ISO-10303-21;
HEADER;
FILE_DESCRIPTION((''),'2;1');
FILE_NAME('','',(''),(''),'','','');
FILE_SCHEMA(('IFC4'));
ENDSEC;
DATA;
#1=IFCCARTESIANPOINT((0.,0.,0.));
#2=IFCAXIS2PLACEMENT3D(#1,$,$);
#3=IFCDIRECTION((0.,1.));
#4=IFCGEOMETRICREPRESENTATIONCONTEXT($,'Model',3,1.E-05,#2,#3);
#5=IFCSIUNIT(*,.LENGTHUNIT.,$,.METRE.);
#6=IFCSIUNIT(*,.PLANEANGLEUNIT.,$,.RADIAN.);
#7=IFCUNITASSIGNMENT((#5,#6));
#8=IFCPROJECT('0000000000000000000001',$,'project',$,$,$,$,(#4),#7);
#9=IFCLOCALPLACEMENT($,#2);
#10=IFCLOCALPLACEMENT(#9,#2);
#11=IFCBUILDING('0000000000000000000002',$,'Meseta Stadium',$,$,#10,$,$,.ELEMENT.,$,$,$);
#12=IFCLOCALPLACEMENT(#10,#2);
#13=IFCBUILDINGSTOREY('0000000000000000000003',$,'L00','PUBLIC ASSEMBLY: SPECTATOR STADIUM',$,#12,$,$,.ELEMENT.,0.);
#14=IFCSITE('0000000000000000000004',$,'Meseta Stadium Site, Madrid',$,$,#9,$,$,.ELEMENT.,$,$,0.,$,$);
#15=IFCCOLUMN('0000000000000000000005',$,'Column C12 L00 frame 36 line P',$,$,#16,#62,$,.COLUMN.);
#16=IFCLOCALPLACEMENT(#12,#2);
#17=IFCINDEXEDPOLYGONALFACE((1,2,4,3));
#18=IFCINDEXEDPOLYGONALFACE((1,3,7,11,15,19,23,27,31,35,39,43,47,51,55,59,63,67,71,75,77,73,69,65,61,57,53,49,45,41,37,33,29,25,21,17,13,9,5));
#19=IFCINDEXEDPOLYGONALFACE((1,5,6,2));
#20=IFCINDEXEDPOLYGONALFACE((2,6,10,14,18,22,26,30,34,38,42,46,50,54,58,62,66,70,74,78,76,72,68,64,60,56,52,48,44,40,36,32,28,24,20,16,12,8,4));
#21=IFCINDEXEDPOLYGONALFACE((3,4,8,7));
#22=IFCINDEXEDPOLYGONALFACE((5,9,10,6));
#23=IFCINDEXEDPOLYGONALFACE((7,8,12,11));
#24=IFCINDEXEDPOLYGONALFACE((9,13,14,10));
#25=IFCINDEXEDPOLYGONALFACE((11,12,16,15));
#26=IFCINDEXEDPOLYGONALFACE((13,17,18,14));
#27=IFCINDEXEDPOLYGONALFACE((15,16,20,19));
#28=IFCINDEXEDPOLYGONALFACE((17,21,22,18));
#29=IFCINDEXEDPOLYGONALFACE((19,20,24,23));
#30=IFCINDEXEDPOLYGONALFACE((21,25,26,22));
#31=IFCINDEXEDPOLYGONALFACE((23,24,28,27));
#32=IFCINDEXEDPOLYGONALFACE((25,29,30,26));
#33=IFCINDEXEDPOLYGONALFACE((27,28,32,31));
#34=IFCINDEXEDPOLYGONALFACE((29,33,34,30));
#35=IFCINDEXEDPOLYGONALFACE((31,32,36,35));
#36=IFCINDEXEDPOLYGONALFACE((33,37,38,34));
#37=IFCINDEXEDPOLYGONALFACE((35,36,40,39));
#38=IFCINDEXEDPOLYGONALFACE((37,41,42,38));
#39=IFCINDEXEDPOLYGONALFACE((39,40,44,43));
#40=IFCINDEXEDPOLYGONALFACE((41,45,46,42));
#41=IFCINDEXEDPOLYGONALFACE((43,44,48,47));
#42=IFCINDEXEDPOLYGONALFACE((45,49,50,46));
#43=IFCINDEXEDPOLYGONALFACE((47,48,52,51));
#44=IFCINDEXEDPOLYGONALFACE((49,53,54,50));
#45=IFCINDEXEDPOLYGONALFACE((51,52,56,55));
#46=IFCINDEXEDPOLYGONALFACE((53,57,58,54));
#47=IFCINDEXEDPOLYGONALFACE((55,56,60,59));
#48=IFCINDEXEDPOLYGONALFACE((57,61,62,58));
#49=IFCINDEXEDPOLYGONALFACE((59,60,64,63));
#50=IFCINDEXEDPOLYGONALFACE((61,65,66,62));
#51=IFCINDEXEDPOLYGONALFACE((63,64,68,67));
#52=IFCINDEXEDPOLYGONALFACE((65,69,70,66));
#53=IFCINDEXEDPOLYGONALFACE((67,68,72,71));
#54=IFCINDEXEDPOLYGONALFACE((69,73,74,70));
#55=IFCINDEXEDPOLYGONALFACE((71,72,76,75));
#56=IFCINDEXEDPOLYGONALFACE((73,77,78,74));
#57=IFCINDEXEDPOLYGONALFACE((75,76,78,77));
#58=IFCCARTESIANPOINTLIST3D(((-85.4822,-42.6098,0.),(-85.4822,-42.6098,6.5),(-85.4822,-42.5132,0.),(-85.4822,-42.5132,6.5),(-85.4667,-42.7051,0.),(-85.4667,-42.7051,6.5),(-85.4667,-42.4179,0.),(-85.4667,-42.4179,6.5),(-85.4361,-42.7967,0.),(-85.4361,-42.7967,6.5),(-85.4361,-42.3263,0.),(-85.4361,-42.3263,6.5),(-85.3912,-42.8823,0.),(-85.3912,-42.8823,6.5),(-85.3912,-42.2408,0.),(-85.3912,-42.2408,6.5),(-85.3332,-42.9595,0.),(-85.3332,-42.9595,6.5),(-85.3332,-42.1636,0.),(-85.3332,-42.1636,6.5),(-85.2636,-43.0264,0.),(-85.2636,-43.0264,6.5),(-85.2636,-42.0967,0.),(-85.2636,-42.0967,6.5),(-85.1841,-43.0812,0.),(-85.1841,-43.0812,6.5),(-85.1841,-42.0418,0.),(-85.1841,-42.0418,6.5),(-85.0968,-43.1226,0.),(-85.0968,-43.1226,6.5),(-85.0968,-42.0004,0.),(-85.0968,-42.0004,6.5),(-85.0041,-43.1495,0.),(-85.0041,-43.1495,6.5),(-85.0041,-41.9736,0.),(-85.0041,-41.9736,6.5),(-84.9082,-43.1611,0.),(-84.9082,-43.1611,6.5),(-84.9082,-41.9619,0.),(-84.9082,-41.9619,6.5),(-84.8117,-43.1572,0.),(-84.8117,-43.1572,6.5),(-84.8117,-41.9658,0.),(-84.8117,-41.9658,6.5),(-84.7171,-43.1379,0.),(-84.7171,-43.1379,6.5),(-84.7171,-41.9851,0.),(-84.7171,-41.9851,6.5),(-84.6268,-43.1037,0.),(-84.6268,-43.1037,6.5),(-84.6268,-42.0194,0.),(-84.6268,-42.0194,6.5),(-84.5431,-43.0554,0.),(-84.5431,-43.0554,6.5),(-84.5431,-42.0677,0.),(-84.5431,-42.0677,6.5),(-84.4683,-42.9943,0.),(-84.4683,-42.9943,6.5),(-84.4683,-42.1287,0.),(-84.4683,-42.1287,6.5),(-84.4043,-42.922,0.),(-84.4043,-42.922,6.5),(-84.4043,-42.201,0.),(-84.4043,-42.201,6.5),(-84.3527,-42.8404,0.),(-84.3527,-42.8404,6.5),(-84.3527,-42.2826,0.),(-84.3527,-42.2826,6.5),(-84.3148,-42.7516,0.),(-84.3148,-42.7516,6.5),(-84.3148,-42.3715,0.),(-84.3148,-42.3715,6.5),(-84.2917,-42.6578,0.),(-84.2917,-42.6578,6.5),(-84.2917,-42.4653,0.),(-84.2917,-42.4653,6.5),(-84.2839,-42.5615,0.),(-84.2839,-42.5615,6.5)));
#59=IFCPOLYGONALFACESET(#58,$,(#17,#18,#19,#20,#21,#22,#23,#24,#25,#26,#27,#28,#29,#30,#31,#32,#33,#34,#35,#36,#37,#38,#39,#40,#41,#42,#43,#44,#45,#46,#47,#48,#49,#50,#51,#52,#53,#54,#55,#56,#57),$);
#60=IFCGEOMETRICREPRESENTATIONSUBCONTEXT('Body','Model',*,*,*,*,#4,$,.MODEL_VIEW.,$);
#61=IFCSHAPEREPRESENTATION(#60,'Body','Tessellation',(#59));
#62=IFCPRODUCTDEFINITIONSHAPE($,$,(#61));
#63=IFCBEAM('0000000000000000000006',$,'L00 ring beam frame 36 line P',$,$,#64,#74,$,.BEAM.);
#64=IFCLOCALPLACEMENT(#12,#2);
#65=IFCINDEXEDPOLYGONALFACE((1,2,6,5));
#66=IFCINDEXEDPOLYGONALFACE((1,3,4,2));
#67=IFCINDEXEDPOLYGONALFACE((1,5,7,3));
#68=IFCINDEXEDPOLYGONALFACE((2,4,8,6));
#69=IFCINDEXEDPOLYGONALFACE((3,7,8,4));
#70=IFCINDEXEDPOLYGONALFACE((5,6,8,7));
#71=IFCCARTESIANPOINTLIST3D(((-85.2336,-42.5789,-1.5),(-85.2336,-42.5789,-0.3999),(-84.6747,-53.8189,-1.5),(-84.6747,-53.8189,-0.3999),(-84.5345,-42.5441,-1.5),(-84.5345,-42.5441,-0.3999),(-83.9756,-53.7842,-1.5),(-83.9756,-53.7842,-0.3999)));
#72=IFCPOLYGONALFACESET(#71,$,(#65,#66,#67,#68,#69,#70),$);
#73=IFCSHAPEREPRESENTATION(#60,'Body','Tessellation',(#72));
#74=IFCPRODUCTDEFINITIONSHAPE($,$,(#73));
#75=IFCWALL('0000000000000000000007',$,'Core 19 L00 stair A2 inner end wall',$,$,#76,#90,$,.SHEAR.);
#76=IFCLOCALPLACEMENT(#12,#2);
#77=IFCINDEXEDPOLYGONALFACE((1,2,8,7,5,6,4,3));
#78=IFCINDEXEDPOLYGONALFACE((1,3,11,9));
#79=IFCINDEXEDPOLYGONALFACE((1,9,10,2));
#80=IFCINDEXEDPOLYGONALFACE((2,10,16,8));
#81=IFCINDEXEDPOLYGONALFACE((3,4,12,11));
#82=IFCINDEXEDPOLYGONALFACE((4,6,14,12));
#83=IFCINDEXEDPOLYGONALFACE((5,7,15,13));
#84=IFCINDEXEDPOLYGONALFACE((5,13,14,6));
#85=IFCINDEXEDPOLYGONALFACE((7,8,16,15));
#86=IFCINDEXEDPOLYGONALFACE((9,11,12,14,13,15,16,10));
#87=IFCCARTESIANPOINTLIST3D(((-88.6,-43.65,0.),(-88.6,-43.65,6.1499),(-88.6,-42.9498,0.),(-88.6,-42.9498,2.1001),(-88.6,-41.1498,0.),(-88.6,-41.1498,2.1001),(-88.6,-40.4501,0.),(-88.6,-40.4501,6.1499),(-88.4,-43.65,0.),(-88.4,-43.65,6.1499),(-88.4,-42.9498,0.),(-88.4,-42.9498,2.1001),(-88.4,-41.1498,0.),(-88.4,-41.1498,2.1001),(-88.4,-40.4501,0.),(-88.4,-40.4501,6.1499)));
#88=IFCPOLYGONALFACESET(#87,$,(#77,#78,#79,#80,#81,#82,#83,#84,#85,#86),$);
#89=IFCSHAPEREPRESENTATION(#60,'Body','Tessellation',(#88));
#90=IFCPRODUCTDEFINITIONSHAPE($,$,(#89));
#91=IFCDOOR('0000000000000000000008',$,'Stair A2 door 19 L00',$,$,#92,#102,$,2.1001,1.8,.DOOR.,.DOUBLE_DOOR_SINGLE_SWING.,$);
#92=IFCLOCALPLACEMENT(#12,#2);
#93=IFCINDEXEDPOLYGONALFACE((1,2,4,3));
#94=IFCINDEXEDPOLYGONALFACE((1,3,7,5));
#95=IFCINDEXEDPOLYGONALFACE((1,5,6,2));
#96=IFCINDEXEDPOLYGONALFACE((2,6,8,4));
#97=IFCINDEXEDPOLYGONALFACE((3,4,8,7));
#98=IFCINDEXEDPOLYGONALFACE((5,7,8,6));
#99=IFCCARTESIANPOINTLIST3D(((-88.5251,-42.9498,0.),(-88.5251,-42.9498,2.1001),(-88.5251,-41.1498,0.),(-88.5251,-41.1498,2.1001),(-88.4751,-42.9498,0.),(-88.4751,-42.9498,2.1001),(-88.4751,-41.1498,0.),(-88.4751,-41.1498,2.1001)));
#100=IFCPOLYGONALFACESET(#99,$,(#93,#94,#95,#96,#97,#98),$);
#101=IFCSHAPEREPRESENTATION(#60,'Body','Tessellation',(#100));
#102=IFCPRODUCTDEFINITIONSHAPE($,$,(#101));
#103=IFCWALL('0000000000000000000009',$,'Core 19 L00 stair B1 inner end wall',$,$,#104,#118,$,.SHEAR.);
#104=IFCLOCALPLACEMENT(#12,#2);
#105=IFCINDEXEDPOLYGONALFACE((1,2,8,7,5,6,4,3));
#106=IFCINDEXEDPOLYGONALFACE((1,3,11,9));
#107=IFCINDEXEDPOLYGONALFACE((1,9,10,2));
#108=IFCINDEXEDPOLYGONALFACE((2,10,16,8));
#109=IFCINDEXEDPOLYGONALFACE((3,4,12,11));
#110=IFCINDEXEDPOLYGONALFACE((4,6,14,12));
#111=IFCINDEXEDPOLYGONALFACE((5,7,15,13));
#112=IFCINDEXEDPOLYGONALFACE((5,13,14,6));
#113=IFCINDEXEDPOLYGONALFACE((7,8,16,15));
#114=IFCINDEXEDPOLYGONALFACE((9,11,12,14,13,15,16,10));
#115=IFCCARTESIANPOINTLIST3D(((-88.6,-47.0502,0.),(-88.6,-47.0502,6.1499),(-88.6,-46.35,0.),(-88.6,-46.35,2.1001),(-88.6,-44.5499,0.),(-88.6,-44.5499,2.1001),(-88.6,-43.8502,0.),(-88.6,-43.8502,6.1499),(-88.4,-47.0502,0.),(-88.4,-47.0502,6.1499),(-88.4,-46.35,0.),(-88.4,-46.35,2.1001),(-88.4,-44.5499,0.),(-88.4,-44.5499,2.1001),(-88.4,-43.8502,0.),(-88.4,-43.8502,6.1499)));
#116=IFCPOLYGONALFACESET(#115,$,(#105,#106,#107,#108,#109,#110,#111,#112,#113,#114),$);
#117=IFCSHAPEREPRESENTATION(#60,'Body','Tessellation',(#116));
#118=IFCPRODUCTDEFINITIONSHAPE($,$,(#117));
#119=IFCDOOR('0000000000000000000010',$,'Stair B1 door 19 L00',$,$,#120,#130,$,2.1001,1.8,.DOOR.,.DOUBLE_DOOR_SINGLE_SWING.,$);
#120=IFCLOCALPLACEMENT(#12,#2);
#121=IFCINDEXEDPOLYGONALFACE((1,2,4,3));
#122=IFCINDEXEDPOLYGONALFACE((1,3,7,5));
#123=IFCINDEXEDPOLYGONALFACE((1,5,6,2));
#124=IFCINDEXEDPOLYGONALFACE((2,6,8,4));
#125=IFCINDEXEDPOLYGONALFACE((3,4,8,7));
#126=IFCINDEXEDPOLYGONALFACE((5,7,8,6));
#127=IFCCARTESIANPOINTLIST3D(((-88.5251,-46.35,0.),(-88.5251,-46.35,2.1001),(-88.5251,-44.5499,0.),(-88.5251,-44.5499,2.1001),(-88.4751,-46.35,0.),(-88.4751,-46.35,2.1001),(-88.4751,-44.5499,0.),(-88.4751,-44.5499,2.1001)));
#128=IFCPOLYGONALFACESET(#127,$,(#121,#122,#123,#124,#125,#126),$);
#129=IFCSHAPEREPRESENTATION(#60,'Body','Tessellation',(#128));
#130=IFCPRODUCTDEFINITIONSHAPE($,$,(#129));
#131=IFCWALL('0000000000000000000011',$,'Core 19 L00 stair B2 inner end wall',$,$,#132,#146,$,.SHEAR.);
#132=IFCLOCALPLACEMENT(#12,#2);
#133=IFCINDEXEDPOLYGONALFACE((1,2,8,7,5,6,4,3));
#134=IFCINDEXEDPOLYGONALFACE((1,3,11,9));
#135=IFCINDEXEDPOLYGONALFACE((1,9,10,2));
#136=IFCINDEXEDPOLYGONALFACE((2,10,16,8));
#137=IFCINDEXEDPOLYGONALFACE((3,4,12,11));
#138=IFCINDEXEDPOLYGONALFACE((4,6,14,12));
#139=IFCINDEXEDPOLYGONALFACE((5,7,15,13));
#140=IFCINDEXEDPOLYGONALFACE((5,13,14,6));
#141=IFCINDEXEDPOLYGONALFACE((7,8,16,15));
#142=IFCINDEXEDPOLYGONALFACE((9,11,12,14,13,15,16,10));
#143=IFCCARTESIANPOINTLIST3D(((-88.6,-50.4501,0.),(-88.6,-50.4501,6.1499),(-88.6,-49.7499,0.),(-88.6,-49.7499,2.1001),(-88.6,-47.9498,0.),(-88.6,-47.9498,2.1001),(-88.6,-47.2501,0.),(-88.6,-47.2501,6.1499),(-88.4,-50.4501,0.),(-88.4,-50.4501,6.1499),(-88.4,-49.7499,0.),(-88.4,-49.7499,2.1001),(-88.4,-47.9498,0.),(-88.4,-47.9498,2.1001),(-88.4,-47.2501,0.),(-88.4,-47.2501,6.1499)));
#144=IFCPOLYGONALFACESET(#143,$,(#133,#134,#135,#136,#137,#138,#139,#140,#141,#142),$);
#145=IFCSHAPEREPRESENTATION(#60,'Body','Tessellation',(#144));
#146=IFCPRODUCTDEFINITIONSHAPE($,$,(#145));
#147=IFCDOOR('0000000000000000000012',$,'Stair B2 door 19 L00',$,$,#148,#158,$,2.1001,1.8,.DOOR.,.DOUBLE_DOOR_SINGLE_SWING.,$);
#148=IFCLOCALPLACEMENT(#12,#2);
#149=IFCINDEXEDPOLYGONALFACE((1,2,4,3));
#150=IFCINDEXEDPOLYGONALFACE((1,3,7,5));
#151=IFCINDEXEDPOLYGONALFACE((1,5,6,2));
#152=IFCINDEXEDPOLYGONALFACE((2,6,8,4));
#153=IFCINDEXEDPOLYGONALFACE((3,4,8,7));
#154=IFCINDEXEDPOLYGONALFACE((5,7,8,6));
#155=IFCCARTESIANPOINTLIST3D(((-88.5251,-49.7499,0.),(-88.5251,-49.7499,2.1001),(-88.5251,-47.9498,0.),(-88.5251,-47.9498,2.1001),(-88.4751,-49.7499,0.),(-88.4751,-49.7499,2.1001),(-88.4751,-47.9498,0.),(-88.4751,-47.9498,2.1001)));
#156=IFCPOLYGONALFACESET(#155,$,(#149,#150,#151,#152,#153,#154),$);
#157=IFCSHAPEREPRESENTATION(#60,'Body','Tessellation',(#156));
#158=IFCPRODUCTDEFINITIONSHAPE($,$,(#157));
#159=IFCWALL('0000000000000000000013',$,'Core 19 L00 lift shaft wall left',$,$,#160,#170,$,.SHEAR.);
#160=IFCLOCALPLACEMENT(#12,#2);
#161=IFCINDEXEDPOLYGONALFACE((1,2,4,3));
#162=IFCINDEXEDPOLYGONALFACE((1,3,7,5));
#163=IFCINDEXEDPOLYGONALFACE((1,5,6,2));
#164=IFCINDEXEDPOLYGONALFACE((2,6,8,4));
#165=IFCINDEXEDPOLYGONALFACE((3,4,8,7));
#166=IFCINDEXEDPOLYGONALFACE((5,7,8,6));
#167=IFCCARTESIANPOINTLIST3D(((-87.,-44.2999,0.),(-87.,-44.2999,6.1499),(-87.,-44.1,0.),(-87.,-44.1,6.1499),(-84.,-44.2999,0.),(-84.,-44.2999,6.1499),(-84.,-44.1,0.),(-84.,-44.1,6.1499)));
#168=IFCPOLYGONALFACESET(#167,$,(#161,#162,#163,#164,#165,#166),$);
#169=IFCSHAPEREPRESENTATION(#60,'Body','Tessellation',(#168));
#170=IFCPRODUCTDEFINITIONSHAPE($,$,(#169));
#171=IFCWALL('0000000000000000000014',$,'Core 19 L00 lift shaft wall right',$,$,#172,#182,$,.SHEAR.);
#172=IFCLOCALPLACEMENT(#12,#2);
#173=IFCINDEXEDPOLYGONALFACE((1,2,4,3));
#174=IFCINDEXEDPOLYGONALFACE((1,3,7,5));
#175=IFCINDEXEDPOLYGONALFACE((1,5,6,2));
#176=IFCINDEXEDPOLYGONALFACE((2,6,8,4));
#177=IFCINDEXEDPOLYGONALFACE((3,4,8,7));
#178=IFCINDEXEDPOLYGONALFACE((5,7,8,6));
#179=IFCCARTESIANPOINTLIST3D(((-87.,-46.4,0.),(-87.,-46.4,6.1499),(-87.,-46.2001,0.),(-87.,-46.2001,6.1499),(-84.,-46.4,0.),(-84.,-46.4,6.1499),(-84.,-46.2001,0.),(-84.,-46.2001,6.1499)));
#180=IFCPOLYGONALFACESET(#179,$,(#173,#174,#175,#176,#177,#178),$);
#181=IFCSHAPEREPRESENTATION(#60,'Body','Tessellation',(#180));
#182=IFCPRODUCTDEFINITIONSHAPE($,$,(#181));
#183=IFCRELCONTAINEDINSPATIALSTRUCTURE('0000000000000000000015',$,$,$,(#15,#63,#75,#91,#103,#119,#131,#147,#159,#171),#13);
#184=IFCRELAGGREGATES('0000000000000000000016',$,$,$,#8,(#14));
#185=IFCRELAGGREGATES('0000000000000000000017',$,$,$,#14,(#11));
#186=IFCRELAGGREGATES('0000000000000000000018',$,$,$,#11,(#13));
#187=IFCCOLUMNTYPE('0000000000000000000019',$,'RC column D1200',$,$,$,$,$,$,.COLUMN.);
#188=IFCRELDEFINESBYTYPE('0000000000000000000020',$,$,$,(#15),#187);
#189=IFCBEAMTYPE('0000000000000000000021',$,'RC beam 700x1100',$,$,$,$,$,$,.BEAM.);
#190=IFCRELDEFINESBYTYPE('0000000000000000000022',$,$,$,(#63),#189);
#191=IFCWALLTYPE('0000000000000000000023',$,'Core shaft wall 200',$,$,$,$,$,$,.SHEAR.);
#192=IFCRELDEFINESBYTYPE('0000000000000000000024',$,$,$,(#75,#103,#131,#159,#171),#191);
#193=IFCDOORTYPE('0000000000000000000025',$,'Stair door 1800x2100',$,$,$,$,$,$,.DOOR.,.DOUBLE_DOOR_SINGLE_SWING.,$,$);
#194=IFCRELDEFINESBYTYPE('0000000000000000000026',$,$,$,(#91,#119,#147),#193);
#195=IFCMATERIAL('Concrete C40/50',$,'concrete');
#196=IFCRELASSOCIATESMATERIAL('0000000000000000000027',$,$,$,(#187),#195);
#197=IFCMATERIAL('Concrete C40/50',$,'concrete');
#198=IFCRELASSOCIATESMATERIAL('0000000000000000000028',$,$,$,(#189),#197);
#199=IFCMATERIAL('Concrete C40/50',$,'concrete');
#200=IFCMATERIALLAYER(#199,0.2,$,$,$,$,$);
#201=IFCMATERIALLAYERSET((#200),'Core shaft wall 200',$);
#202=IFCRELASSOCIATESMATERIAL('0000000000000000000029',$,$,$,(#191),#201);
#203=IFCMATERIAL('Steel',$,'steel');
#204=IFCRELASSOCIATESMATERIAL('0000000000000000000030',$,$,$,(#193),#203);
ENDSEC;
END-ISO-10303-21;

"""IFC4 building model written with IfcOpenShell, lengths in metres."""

from ifc_helpers import new_model, si_unit, direction, frame, frame_2d, origin, origin_2d, place, context, subcontext, project, spatial, rectangle, circle, extrude, material, layer, layer_set, material_profile, profile_set, type_object, element, fill, save


model = new_model("IFC4")

# Units and contexts
model_context = context("Model", 3, precision=1e-05, world=origin(), true_north=direction((0.0, 1.0)))
body_context = subcontext(model_context, "Body", "Model", "MODEL_VIEW")
ifc_project = project(units=[si_unit("LENGTHUNIT", "METRE"), si_unit("PLANEANGLEUNIT", "RADIAN")], contexts=[model_context])

# Site, building, storey
site_placement = place(None, origin())
site = spatial("IfcSite", under=ifc_project, at=site_placement, Name="Meseta Stadium Site, Madrid", CompositionType="ELEMENT", RefElevation=0.0)
building_placement = place(site_placement, origin())
building = spatial("IfcBuilding", under=site, at=building_placement, Name="Meseta Stadium", CompositionType="ELEMENT")
storey_placement = place(building_placement, origin())
storey = spatial("IfcBuildingStorey", under=building, at=storey_placement, Name="L00", Description="PUBLIC ASSEMBLY: SPECTATOR STADIUM", CompositionType="ELEMENT", Elevation=0.0)

# Column
ifc_material_1 = material(Name="Concrete C40/50", Category="concrete")
ifc_material_profile_1 = material_profile(ifc_material_1, circle(Radius=0.6001, at=origin_2d()), Name="RC D1200")
ifc_profile_set_1 = profile_set([ifc_material_profile_1], Name="Concrete C40/50")
column_type = type_object("IfcColumnType", Name="RC column D1200", PredefinedType="COLUMN", material=ifc_profile_set_1)
column_placement = place(storey_placement, frame((-84.884, -42.5615, 0.0), z_axis=(0.0, 0.0, 1.0), x_axis=(1.0, 0.0, 0.0)))
element("IfcColumn", 1, at=column_placement, inside=storey, type_object=column_type, Name="Column C12 L00 frame 36 line P", PredefinedType="COLUMN", context=body_context, shape_type="SweptSolid", body=[
    extrude(circle(Radius=0.6001, at=origin_2d()), origin(), (0.0, 0.0, 1.0), 6.5),
])

# Beam
ifc_material_2 = material(Name="Concrete C40/50", Category="concrete")
ifc_material_profile_2 = material_profile(ifc_material_2, rectangle(XDim=0.7, YDim=1.1001, at=origin_2d()), Name="RC 700x1100")
ifc_profile_set_2 = profile_set([ifc_material_profile_2], Name="Concrete C40/50")
beam_type = type_object("IfcBeamType", Name="RC beam 700x1100", PredefinedType="BEAM", material=ifc_profile_set_2)
beam_placement = place(storey_placement, frame((-84.884, -42.5615, -0.95), z_axis=(0.049657, -0.998766, 0.0), x_axis=(0.998766, 0.049657, 0.0)))
element("IfcBeam", 2, at=beam_placement, inside=storey, type_object=beam_type, Name="L00 ring beam frame 36 line P", PredefinedType="BEAM", context=body_context, shape_type="SweptSolid", body=[
    extrude(rectangle(XDim=0.7, YDim=1.1001, at=origin_2d()), origin(), (0.0, 0.0, 1.0), 11.2539),
])

# Walls, openings, doors
ifc_material_3 = material(Name="Concrete C40/50", Category="concrete")
ifc_layer_1 = layer(ifc_material_3, 0.2)
ifc_layer_set_1 = layer_set([ifc_layer_1], Name="Core shaft wall 200")
wall_type_1 = type_object("IfcWallType", Name="Core shaft wall 200", PredefinedType="SHEAR", material=ifc_layer_set_1)
wall_1_placement = place(storey_placement, frame((-88.5, -40.45, 0.0), z_axis=(0.0, 0.0, 1.0), x_axis=(0.0, -1.0, 0.0)))
wall_1 = element("IfcWall", 3, at=wall_1_placement, inside=storey, type_object=wall_type_1, Name="Core 19 L00 stair A2 inner end wall", PredefinedType="SHEAR", context=body_context, shape_type="SweptSolid", body=[
    extrude(rectangle(XDim=3.2, YDim=0.2, at=frame_2d((1.6001, 0.0))), origin(), (0.0, 0.0, 1.0), 6.1499),
])
opening_1_placement = place(wall_1_placement, frame((0.7, 0.0, 0.0)))
opening_1 = element("IfcOpeningElement", 4, at=opening_1_placement, cuts=wall_1, PredefinedType="OPENING", context=body_context, shape_type="SweptSolid", body=[
    extrude(rectangle(XDim=1.8, YDim=2.1001, at=frame_2d((0.8999, 1.05))), frame((0.0, 0.1099, 0.0), z_axis=(0.0, -1.0, 0.0), x_axis=(1.0, 0.0, 0.0)), (0.0, 0.0, 1.0), 0.22),
])
ifc_material_4 = material(Name="Steel", Category="steel")
door_type_1 = type_object("IfcDoorType", Name="Stair door 1800x2100", OperationType="DOUBLE_DOOR_SINGLE_SWING", PredefinedType="DOOR", material=ifc_material_4)
door_1_placement = place(opening_1_placement, origin())
door_1 = element("IfcDoor", 5, at=door_1_placement, inside=storey, type_object=door_type_1, Name="Stair A2 door 19 L00", OperationType="DOUBLE_DOOR_SINGLE_SWING", OverallHeight=2.1001, OverallWidth=1.8, PredefinedType="DOOR", context=body_context, shape_type="SweptSolid", body=[
    extrude(rectangle(XDim=1.8, YDim=2.1001, at=frame_2d((0.8999, 1.05))), frame((0.0, 0.0249, 0.0), z_axis=(0.0, -1.0, 0.0), x_axis=(1.0, 0.0, 0.0)), (0.0, 0.0, 1.0), 0.05),
])
fill(opening_1, door_1)
wall_2_placement = place(storey_placement, frame((-88.5, -43.8501, 0.0), z_axis=(0.0, 0.0, 1.0), x_axis=(0.0, -1.0, 0.0)))
wall_2 = element("IfcWall", 6, at=wall_2_placement, inside=storey, type_object=wall_type_1, Name="Core 19 L00 stair B1 inner end wall", PredefinedType="SHEAR", context=body_context, shape_type="SweptSolid", body=[
    extrude(rectangle(XDim=3.2, YDim=0.2, at=frame_2d((1.6001, 0.0))), origin(), (0.0, 0.0, 1.0), 6.1499),
])
opening_2_placement = place(wall_2_placement, frame((0.7, 0.0, 0.0)))
opening_2 = element("IfcOpeningElement", 7, at=opening_2_placement, cuts=wall_2, PredefinedType="OPENING", context=body_context, shape_type="SweptSolid", body=[
    extrude(rectangle(XDim=1.8, YDim=2.1001, at=frame_2d((0.8999, 1.05))), frame((0.0, 0.1099, 0.0), z_axis=(0.0, -1.0, 0.0), x_axis=(1.0, 0.0, 0.0)), (0.0, 0.0, 1.0), 0.22),
])
door_2_placement = place(opening_2_placement, origin())
door_2 = element("IfcDoor", 8, at=door_2_placement, inside=storey, type_object=door_type_1, Name="Stair B1 door 19 L00", OperationType="DOUBLE_DOOR_SINGLE_SWING", OverallHeight=2.1001, OverallWidth=1.8, PredefinedType="DOOR", context=body_context, shape_type="SweptSolid", body=[
    extrude(rectangle(XDim=1.8, YDim=2.1001, at=frame_2d((0.8999, 1.05))), frame((0.0, 0.0249, 0.0), z_axis=(0.0, -1.0, 0.0), x_axis=(1.0, 0.0, 0.0)), (0.0, 0.0, 1.0), 0.05),
])
fill(opening_2, door_2)
wall_3_placement = place(storey_placement, frame((-88.5, -47.25, 0.0), z_axis=(0.0, 0.0, 1.0), x_axis=(0.0, -1.0, 0.0)))
wall_3 = element("IfcWall", 9, at=wall_3_placement, inside=storey, type_object=wall_type_1, Name="Core 19 L00 stair B2 inner end wall", PredefinedType="SHEAR", context=body_context, shape_type="SweptSolid", body=[
    extrude(rectangle(XDim=3.2, YDim=0.2, at=frame_2d((1.6001, 0.0))), origin(), (0.0, 0.0, 1.0), 6.1499),
])
opening_3_placement = place(wall_3_placement, frame((0.7, 0.0, 0.0)))
opening_3 = element("IfcOpeningElement", 10, at=opening_3_placement, cuts=wall_3, PredefinedType="OPENING", context=body_context, shape_type="SweptSolid", body=[
    extrude(rectangle(XDim=1.8, YDim=2.1001, at=frame_2d((0.8999, 1.05))), frame((0.0, 0.1099, 0.0), z_axis=(0.0, -1.0, 0.0), x_axis=(1.0, 0.0, 0.0)), (0.0, 0.0, 1.0), 0.22),
])
door_3_placement = place(opening_3_placement, origin())
door_3 = element("IfcDoor", 11, at=door_3_placement, inside=storey, type_object=door_type_1, Name="Stair B2 door 19 L00", OperationType="DOUBLE_DOOR_SINGLE_SWING", OverallHeight=2.1001, OverallWidth=1.8, PredefinedType="DOOR", context=body_context, shape_type="SweptSolid", body=[
    extrude(rectangle(XDim=1.8, YDim=2.1001, at=frame_2d((0.8999, 1.05))), frame((0.0, 0.0249, 0.0), z_axis=(0.0, -1.0, 0.0), x_axis=(1.0, 0.0, 0.0)), (0.0, 0.0, 1.0), 0.05),
])
fill(opening_3, door_3)

# Walls
for number, where, z_axis, x_axis, name in (
    (12, (-87.0, -44.2, 0.0), (0.0, 0.0, 1.0), (1.0, 0.0, 0.0), "Core 19 L00 lift shaft wall left"),
    (13, (-87.0, -46.3, 0.0), (0.0, 0.0, 1.0), (1.0, 0.0, 0.0), "Core 19 L00 lift shaft wall right"),
):
    element("IfcWall", number, at=place(storey_placement, frame(where, z_axis=z_axis, x_axis=x_axis)), inside=storey, type_object=wall_type_1, Name=name, PredefinedType="SHEAR", context=body_context, shape_type="SweptSolid", body=[
        extrude(rectangle(XDim=3.0, YDim=0.2, at=frame_2d((1.5, 0.0))), origin(), (0.0, 0.0, 1.0), 6.1499),
    ])

save(model, "model.ifc")
